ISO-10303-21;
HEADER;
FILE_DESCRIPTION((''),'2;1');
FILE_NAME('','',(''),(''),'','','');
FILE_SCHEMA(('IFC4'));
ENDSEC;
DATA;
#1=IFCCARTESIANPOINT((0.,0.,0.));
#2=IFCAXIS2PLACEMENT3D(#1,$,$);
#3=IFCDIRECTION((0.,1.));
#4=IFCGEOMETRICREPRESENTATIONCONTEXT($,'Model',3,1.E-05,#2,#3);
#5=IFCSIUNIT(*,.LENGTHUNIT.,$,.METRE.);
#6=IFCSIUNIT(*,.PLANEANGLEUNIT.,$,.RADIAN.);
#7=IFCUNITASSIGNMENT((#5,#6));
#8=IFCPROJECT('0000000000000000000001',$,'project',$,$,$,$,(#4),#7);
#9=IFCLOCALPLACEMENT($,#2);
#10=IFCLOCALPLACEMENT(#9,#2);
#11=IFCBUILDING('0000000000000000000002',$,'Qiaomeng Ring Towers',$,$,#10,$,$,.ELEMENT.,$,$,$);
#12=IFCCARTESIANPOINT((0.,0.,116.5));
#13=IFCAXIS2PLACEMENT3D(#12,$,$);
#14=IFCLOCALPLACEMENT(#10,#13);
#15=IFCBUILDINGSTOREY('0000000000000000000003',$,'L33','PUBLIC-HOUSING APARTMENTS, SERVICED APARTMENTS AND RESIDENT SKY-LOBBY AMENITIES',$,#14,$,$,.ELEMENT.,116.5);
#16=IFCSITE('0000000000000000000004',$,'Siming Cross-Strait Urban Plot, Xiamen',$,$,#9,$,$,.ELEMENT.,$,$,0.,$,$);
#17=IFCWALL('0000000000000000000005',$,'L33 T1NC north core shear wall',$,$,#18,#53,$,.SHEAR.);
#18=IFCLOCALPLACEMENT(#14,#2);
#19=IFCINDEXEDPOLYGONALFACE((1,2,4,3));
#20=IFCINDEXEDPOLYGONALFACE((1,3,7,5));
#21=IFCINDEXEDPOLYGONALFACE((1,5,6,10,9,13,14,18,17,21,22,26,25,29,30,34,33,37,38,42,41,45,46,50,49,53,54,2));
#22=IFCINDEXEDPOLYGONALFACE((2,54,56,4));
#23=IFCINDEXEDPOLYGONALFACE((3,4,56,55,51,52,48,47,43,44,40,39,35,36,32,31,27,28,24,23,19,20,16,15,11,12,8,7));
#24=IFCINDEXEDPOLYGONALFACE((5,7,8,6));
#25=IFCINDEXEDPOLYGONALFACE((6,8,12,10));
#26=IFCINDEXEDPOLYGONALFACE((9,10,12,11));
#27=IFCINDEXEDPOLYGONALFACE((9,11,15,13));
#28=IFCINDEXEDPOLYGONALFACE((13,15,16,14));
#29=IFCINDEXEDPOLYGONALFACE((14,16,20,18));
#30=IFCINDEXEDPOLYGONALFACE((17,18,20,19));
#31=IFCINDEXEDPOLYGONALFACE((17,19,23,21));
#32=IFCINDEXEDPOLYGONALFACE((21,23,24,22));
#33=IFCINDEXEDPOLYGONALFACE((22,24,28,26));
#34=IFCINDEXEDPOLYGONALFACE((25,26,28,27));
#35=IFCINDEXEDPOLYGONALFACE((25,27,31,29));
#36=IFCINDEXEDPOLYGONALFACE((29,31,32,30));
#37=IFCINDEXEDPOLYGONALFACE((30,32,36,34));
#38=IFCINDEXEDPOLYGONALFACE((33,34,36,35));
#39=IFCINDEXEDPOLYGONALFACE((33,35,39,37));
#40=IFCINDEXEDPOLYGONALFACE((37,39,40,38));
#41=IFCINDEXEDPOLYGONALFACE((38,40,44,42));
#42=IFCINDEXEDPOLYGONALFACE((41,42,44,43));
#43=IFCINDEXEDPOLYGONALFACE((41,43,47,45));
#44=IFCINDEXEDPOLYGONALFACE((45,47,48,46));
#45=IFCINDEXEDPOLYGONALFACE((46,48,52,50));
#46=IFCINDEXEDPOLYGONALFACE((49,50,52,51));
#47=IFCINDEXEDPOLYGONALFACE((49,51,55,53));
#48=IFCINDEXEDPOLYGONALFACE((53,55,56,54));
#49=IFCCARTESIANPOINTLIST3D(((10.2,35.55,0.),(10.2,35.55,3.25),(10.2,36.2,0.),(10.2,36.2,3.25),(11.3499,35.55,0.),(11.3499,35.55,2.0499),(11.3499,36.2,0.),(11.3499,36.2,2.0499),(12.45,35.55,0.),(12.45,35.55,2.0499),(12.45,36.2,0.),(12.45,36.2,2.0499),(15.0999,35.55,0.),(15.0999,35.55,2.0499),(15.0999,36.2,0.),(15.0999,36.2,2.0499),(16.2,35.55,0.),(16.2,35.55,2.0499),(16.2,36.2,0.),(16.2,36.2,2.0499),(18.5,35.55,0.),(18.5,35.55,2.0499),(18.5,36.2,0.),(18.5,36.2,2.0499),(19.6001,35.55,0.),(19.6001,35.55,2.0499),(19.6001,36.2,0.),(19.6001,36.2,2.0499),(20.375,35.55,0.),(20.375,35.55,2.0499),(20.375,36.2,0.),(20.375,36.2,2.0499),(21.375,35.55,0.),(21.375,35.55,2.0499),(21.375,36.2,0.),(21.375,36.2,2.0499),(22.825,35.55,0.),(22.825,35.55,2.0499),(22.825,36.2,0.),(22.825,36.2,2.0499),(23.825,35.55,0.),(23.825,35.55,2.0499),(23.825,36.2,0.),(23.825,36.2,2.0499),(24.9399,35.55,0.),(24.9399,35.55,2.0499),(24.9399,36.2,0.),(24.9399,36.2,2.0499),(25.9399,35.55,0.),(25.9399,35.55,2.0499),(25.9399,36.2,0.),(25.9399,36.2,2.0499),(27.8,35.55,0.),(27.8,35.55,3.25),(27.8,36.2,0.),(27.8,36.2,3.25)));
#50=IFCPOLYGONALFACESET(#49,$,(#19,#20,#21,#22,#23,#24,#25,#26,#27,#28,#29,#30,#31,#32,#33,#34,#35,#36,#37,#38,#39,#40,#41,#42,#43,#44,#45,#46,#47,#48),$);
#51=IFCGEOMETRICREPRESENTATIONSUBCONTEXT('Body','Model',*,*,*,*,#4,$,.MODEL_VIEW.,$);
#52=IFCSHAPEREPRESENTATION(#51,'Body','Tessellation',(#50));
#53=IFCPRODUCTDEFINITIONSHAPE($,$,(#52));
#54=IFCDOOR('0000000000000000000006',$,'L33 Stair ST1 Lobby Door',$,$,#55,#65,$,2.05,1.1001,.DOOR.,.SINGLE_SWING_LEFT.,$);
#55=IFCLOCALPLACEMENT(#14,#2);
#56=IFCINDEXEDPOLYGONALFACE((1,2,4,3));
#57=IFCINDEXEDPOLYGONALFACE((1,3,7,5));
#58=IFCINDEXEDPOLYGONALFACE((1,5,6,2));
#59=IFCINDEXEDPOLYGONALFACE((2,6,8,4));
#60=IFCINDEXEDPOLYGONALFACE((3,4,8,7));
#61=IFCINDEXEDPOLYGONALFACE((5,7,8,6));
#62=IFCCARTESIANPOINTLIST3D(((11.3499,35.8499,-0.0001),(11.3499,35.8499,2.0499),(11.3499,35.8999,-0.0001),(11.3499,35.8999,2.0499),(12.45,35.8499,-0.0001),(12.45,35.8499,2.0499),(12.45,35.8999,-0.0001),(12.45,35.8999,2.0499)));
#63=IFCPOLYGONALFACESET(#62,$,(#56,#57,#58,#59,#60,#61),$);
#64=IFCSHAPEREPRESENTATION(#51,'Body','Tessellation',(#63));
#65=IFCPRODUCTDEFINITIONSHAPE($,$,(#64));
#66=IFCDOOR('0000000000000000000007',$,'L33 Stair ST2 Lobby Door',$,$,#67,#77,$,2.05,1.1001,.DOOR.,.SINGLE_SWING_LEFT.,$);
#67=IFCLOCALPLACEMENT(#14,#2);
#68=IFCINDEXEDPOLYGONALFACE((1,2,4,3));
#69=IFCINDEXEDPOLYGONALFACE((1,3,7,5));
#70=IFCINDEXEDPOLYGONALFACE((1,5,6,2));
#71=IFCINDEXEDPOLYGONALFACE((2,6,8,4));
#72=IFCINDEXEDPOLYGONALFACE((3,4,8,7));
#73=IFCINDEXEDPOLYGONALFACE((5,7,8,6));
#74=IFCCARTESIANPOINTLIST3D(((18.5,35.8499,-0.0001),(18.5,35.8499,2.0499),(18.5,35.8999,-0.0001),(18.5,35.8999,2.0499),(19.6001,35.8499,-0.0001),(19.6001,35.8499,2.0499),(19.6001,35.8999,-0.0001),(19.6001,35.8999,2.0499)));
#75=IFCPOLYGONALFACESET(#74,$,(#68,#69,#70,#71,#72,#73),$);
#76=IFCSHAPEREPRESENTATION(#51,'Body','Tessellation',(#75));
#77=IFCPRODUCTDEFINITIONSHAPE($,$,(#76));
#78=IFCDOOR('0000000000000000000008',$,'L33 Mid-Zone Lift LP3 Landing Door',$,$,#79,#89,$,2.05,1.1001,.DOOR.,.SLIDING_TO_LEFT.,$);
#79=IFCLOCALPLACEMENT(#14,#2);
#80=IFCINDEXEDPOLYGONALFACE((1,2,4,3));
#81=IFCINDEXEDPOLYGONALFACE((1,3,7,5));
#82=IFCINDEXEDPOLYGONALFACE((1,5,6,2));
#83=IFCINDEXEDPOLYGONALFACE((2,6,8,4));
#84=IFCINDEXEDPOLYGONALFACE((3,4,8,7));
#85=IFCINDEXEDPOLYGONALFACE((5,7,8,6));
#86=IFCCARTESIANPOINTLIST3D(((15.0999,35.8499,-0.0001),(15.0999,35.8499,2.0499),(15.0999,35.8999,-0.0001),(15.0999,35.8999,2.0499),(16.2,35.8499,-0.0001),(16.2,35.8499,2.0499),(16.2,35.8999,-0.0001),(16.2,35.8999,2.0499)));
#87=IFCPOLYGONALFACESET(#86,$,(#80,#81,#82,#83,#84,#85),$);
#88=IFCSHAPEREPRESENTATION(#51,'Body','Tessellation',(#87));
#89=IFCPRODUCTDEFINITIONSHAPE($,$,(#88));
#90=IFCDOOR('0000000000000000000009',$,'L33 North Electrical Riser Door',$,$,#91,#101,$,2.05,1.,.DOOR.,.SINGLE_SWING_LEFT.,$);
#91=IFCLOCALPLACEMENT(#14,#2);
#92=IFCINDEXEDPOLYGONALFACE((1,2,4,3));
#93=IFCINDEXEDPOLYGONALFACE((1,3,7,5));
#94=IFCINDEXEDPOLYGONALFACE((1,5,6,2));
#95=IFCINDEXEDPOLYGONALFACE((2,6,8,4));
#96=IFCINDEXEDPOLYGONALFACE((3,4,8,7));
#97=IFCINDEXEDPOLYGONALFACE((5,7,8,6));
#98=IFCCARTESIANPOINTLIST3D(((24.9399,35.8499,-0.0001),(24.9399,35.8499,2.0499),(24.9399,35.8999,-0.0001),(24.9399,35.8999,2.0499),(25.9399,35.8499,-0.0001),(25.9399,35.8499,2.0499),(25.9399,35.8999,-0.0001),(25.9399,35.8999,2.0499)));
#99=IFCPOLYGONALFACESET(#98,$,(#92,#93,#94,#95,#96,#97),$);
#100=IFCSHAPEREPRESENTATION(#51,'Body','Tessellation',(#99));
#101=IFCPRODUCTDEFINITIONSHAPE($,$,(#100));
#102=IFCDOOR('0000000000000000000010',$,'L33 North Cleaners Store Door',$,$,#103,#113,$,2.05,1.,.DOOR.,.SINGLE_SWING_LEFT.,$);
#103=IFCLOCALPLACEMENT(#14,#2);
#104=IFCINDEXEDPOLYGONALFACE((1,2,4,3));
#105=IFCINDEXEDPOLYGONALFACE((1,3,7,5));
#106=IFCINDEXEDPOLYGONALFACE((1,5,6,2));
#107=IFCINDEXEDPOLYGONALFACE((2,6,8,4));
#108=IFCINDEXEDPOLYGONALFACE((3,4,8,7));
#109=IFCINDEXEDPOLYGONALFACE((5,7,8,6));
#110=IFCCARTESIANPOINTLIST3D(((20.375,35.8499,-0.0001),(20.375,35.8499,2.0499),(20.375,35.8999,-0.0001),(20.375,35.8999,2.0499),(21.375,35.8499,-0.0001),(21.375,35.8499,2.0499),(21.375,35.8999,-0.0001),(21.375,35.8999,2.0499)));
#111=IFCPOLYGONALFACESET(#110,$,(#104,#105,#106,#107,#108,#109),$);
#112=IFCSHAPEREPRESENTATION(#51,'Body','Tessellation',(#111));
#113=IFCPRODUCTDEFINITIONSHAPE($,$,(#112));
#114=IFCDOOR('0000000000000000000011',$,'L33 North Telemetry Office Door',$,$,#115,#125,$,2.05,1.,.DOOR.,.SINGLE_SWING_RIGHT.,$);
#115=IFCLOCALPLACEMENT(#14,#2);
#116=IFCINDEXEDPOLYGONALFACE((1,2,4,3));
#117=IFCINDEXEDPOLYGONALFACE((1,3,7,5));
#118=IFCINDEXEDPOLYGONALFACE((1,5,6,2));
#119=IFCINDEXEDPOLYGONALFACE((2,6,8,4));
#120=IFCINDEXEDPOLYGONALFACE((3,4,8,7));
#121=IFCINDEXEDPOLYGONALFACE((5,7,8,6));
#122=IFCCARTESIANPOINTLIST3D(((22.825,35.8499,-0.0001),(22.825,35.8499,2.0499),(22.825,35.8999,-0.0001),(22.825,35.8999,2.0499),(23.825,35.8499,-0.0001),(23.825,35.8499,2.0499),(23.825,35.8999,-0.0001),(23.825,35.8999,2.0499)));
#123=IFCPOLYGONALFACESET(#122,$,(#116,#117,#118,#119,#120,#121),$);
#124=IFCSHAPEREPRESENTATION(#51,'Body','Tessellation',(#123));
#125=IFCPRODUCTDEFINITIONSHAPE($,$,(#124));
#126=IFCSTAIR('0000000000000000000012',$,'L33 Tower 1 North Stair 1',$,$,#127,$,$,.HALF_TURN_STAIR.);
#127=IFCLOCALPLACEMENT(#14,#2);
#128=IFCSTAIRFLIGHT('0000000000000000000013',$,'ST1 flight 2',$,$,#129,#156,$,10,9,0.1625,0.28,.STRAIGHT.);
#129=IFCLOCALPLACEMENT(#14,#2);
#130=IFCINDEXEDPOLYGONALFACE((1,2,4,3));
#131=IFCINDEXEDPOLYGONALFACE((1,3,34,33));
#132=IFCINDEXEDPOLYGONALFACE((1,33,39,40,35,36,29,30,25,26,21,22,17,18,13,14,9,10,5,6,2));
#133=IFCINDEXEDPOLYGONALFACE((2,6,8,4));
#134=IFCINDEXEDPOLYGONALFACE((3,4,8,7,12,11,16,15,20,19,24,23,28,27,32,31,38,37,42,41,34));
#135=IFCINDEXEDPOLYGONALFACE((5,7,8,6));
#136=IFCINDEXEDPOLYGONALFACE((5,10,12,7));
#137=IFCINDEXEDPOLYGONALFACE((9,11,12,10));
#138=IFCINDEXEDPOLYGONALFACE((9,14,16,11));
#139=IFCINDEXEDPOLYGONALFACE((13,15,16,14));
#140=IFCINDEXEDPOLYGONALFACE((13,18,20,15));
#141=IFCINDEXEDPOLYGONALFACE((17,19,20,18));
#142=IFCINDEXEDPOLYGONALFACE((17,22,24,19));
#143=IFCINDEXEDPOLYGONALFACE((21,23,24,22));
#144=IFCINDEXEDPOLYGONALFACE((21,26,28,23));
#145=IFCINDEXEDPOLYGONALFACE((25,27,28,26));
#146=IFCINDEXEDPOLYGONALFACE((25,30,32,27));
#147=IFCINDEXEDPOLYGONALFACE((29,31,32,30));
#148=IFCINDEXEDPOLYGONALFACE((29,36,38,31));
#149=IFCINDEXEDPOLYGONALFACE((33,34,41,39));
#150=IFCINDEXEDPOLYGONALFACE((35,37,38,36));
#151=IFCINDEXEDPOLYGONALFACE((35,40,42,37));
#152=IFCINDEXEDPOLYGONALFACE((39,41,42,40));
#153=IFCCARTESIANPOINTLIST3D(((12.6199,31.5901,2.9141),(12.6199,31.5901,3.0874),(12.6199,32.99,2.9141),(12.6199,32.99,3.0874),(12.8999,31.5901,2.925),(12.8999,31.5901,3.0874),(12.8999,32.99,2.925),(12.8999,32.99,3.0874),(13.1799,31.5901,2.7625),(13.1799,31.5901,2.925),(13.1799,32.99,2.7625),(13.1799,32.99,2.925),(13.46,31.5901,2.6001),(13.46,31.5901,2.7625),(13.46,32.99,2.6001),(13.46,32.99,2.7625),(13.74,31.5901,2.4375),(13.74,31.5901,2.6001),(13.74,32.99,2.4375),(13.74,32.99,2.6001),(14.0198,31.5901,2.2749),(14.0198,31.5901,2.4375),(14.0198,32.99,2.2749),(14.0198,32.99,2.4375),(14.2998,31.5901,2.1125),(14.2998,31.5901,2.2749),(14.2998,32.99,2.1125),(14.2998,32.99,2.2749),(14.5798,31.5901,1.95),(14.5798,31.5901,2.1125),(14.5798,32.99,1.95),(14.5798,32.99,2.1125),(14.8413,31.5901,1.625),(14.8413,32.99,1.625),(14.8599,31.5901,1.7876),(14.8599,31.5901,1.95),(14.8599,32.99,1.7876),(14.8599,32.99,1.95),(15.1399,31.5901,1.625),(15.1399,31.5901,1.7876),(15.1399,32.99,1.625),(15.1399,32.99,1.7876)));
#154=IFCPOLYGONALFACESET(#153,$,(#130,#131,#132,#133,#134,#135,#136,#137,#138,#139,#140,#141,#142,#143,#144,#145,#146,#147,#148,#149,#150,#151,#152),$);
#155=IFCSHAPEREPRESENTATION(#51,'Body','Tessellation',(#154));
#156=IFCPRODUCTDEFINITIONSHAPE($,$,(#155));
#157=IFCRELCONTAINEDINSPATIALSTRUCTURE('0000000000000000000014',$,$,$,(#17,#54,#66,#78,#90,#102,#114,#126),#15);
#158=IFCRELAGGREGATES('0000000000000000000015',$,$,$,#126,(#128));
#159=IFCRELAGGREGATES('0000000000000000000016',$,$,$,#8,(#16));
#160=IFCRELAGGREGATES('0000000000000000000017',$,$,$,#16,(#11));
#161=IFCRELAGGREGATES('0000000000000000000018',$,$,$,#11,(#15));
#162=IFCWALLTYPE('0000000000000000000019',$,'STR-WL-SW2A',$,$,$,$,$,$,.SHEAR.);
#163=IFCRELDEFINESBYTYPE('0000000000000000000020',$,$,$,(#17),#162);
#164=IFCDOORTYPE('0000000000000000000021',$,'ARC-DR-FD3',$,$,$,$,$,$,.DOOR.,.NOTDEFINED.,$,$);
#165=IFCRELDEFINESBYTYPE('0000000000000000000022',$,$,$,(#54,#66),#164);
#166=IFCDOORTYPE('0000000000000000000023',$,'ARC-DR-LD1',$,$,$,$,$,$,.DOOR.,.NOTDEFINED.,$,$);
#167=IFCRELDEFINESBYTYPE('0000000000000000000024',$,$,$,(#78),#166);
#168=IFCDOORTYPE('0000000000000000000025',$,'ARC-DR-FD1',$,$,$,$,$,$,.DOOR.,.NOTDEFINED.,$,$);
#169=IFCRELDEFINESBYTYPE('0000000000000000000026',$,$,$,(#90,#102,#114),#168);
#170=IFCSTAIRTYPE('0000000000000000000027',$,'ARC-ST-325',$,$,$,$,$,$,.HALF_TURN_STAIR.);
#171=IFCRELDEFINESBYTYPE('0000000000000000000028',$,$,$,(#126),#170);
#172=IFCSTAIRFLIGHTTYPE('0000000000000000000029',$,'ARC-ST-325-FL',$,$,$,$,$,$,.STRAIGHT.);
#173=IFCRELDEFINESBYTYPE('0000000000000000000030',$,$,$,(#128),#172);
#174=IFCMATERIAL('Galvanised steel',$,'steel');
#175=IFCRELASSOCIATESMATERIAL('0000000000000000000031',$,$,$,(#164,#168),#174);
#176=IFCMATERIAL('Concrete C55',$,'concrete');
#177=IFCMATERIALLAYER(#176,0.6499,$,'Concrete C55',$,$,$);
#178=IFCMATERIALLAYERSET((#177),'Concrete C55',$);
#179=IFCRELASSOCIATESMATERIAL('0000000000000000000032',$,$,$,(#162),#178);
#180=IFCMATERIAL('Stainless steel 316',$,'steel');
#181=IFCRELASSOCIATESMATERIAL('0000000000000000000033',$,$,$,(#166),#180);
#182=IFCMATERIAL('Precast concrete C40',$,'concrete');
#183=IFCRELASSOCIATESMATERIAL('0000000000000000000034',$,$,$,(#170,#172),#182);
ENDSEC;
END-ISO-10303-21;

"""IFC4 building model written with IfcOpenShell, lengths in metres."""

from ifc_helpers import new_model, si_unit, direction, frame, frame_2d, origin, place, context, subcontext, project, spatial, polyline, rectangle, outline, extrude, source, transform, mapped, material, layer, layer_set, type_object, element, fill, aggregate, save


model = new_model("IFC4")

# Units and contexts
model_context = context("Model", 3, precision=1e-05, world=origin(), true_north=direction((0.0, 1.0)))
body_context = subcontext(model_context, "Body", "Model", "MODEL_VIEW")
ifc_project = project(units=[si_unit("LENGTHUNIT", "METRE"), si_unit("PLANEANGLEUNIT", "RADIAN")], contexts=[model_context])

# Site, building, storey
site_placement = place(None, origin())
site = spatial("IfcSite", under=ifc_project, at=site_placement, Name="Siming Cross-Strait Urban Plot, Xiamen", CompositionType="ELEMENT", RefElevation=0.0)
building_placement = place(site_placement, origin())
building = spatial("IfcBuilding", under=site, at=building_placement, Name="Qiaomeng Ring Towers", CompositionType="ELEMENT")
storey_placement = place(building_placement, frame((0.0, 0.0, 116.5)))
storey = spatial("IfcBuildingStorey", under=building, at=storey_placement, Name="L33", Description="PUBLIC-HOUSING APARTMENTS, SERVICED APARTMENTS AND RESIDENT SKY-LOBBY AMENITIES", CompositionType="ELEMENT", Elevation=116.5)

# Shared definitions
ifc_material_1 = material(Name="Galvanised steel", Category="steel")
door_type_1 = type_object("IfcDoorType", Name="ARC-DR-FD3", OperationType="NOTDEFINED", PredefinedType="DOOR", material=ifc_material_1)
shared_shape_1 = source(origin(), body_context, "Body", "SweptSolid", [
    extrude(rectangle(XDim=1.1001, YDim=2.05, at=frame_2d((0.55, 1.0249))), frame((0.0, 0.0249, 0.0), z_axis=(0.0, -1.0, 0.0), x_axis=(1.0, 0.0, 0.0)), (0.0, 0.0, 1.0), 0.05),
])

# Wall, openings, doors
ifc_material_2 = material(Name="Concrete C55", Category="concrete")
ifc_layer_1 = layer(ifc_material_2, 0.6499, Name="Concrete C55")
ifc_layer_set_1 = layer_set([ifc_layer_1], Name="Concrete C55")
wall_type_1 = type_object("IfcWallType", Name="STR-WL-SW2A", PredefinedType="SHEAR", material=ifc_layer_set_1)
wall_1_placement = place(storey_placement, frame((10.2, 35.875, 0.0), z_axis=(0.0, 0.0, 1.0), x_axis=(1.0, 0.0, 0.0)))
wall_1 = element("IfcWall", 1, at=wall_1_placement, inside=storey, type_object=wall_type_1, Name="L33 T1NC north core shear wall", PredefinedType="SHEAR", context=body_context, shape_type="SweptSolid", body=[
    extrude(rectangle(XDim=17.6001, YDim=0.6499, at=frame_2d((8.8, 0.0))), origin(), (0.0, 0.0, 1.0), 3.25),
])
opening_1_placement = place(wall_1_placement, frame((1.1499, 0.0, 0.0)))
opening_1 = element("IfcOpeningElement", 2, at=opening_1_placement, cuts=wall_1, PredefinedType="OPENING", context=body_context, shape_type="SweptSolid", body=[
    extrude(rectangle(XDim=1.1001, YDim=2.05, at=frame_2d((0.55, 1.0249))), frame((0.0, 0.335, 0.0), z_axis=(0.0, -1.0, 0.0), x_axis=(1.0, 0.0, 0.0)), (0.0, 0.0, 1.0), 0.6699),
])
opening_2_placement = place(wall_1_placement, frame((8.3, 0.0, 0.0)))
opening_2 = element("IfcOpeningElement", 3, at=opening_2_placement, cuts=wall_1, PredefinedType="OPENING", context=body_context, shape_type="SweptSolid", body=[
    extrude(rectangle(XDim=1.1001, YDim=2.05, at=frame_2d((0.55, 1.0249))), frame((0.0, 0.335, 0.0), z_axis=(0.0, -1.0, 0.0), x_axis=(1.0, 0.0, 0.0)), (0.0, 0.0, 1.0), 0.6699),
])
opening_3_placement = place(wall_1_placement, frame((4.8999, 0.0, 0.0)))
opening_3 = element("IfcOpeningElement", 4, at=opening_3_placement, cuts=wall_1, PredefinedType="OPENING", context=body_context, shape_type="SweptSolid", body=[
    extrude(rectangle(XDim=1.1001, YDim=2.05, at=frame_2d((0.55, 1.0249))), frame((0.0, 0.335, 0.0), z_axis=(0.0, -1.0, 0.0), x_axis=(1.0, 0.0, 0.0)), (0.0, 0.0, 1.0), 0.6699),
])
opening_4_placement = place(wall_1_placement, frame((14.74, 0.0, 0.0)))
opening_4 = element("IfcOpeningElement", 5, at=opening_4_placement, cuts=wall_1, PredefinedType="OPENING", context=body_context, shape_type="SweptSolid", body=[
    extrude(rectangle(XDim=1.0, YDim=2.05, at=frame_2d((0.5, 1.0249))), frame((0.0, 0.335, 0.0), z_axis=(0.0, -1.0, 0.0), x_axis=(1.0, 0.0, 0.0)), (0.0, 0.0, 1.0), 0.6699),
])
opening_5_placement = place(wall_1_placement, frame((10.175, 0.0, 0.0)))
opening_5 = element("IfcOpeningElement", 6, at=opening_5_placement, cuts=wall_1, PredefinedType="OPENING", context=body_context, shape_type="SweptSolid", body=[
    extrude(rectangle(XDim=1.0, YDim=2.05, at=frame_2d((0.5, 1.0249))), frame((0.0, 0.335, 0.0), z_axis=(0.0, -1.0, 0.0), x_axis=(1.0, 0.0, 0.0)), (0.0, 0.0, 1.0), 0.6699),
])
opening_6_placement = place(wall_1_placement, frame((12.625, 0.0, 0.0)))
opening_6 = element("IfcOpeningElement", 7, at=opening_6_placement, cuts=wall_1, PredefinedType="OPENING", context=body_context, shape_type="SweptSolid", body=[
    extrude(rectangle(XDim=1.0, YDim=2.05, at=frame_2d((0.5, 1.0249))), frame((0.0, 0.335, 0.0), z_axis=(0.0, -1.0, 0.0), x_axis=(1.0, 0.0, 0.0)), (0.0, 0.0, 1.0), 0.6699),
])
door_1_placement = place(opening_1_placement, origin())
door_1 = element("IfcDoor", 8, at=door_1_placement, inside=storey, type_object=door_type_1, Name="L33 Stair ST1 Lobby Door", OperationType="SINGLE_SWING_LEFT", OverallHeight=2.05, OverallWidth=1.1001, PredefinedType="DOOR", context=body_context, shape_type="MappedRepresentation", body=[
    mapped(shared_shape_1, transform((0.0, 0.0, 0.0), x_axis=(1.0, 0.0, 0.0), y_axis=(0.0, 1.0, 0.0), z_axis=(0.0, 0.0, 1.0), scale=1.0)),
])
fill(opening_1, door_1)
door_2_placement = place(opening_2_placement, origin())
door_2 = element("IfcDoor", 9, at=door_2_placement, inside=storey, type_object=door_type_1, Name="L33 Stair ST2 Lobby Door", OperationType="SINGLE_SWING_LEFT", OverallHeight=2.05, OverallWidth=1.1001, PredefinedType="DOOR", context=body_context, shape_type="MappedRepresentation", body=[
    mapped(shared_shape_1, transform((0.0, 0.0, 0.0), x_axis=(1.0, 0.0, 0.0), y_axis=(0.0, 1.0, 0.0), z_axis=(0.0, 0.0, 1.0), scale=1.0)),
])
fill(opening_2, door_2)
ifc_material_3 = material(Name="Stainless steel 316", Category="steel")
door_type_2 = type_object("IfcDoorType", Name="ARC-DR-LD1", OperationType="NOTDEFINED", PredefinedType="DOOR", material=ifc_material_3)
door_3_placement = place(opening_3_placement, origin())
door_3 = element("IfcDoor", 10, at=door_3_placement, inside=storey, type_object=door_type_2, Name="L33 Mid-Zone Lift LP3 Landing Door", OperationType="SLIDING_TO_LEFT", OverallHeight=2.05, OverallWidth=1.1001, PredefinedType="DOOR", context=body_context, shape_type="MappedRepresentation", body=[
    mapped(shared_shape_1, transform((0.0, 0.0, 0.0), x_axis=(1.0, 0.0, 0.0), y_axis=(0.0, 1.0, 0.0), z_axis=(0.0, 0.0, 1.0), scale=1.0)),
])
fill(opening_3, door_3)
door_type_3 = type_object("IfcDoorType", Name="ARC-DR-FD1", OperationType="NOTDEFINED", PredefinedType="DOOR", material=ifc_material_1)
shared_shape_2 = source(origin(), body_context, "Body", "SweptSolid", [
    extrude(rectangle(XDim=1.0, YDim=2.05, at=frame_2d((0.5, 1.0249))), frame((0.0, 0.0249, 0.0), z_axis=(0.0, -1.0, 0.0), x_axis=(1.0, 0.0, 0.0)), (0.0, 0.0, 1.0), 0.05),
])
door_4_placement = place(opening_4_placement, origin())
door_4 = element("IfcDoor", 11, at=door_4_placement, inside=storey, type_object=door_type_3, Name="L33 North Electrical Riser Door", OperationType="SINGLE_SWING_LEFT", OverallHeight=2.05, OverallWidth=1.0, PredefinedType="DOOR", context=body_context, shape_type="MappedRepresentation", body=[
    mapped(shared_shape_2, transform((0.0, 0.0, 0.0), x_axis=(1.0, 0.0, 0.0), y_axis=(0.0, 1.0, 0.0), z_axis=(0.0, 0.0, 1.0), scale=1.0)),
])
fill(opening_4, door_4)
door_5_placement = place(opening_5_placement, origin())
door_5 = element("IfcDoor", 12, at=door_5_placement, inside=storey, type_object=door_type_3, Name="L33 North Cleaners Store Door", OperationType="SINGLE_SWING_LEFT", OverallHeight=2.05, OverallWidth=1.0, PredefinedType="DOOR", context=body_context, shape_type="MappedRepresentation", body=[
    mapped(shared_shape_2, transform((0.0, 0.0, 0.0), x_axis=(1.0, 0.0, 0.0), y_axis=(0.0, 1.0, 0.0), z_axis=(0.0, 0.0, 1.0), scale=1.0)),
])
fill(opening_5, door_5)
door_6_placement = place(opening_6_placement, origin())
door_6 = element("IfcDoor", 13, at=door_6_placement, inside=storey, type_object=door_type_3, Name="L33 North Telemetry Office Door", OperationType="SINGLE_SWING_RIGHT", OverallHeight=2.05, OverallWidth=1.0, PredefinedType="DOOR", context=body_context, shape_type="MappedRepresentation", body=[
    mapped(shared_shape_2, transform((0.0, 0.0, 0.0), x_axis=(1.0, 0.0, 0.0), y_axis=(0.0, 1.0, 0.0), z_axis=(0.0, 0.0, 1.0), scale=1.0)),
])
fill(opening_6, door_6)

# Stair, stair flight
ifc_material_4 = material(Name="Precast concrete C40", Category="concrete")
stair_type = type_object("IfcStairType", Name="ARC-ST-325", PredefinedType="HALF_TURN_STAIR", material=ifc_material_4)
stair_placement = place(storey_placement, origin())
stair = element("IfcStair", 14, at=stair_placement, inside=storey, type_object=stair_type, Name="L33 Tower 1 North Stair 1", PredefinedType="HALF_TURN_STAIR")
stair_flight_type = type_object("IfcStairFlightType", Name="ARC-ST-325-FL", PredefinedType="STRAIGHT", material=ifc_material_4)
shared_shape_3 = source(origin(), body_context, "Body", "SweptSolid", [
    extrude(outline(polyline([(0.0, 0.0), (0.0, 0.1626), (0.28, 0.1626), (0.28, 0.325), (0.5601, 0.325), (0.5601, 0.4875), (0.8401, 0.4875), (0.8401, 0.6499), (1.1201, 0.6499), (1.1201, 0.8125), (1.3999, 0.8125), (1.3999, 0.9751), (1.6799, 0.9751), (1.6799, 1.1375), (1.96, 1.1375), (1.96, 1.3), (2.24, 1.3), (2.24, 1.4624), (2.52, 1.4624), (2.52, 1.625), (2.52, 1.2891), (0.2986, 0.0), (0.0, 0.0)])), frame((0.0, 0.7, 0.0), z_axis=(0.0, -1.0, 0.0), x_axis=(1.0, 0.0, 0.0)), (0.0, 0.0, 1.0), 1.3999),
])
stair_flight_placement = place(storey_placement, frame((15.1399, 32.29, 1.625), z_axis=(0.0, 0.0, 1.0), x_axis=(-1.0, 0.0, 0.0)))
stair_flight = element("IfcStairFlight", 15, at=stair_flight_placement, type_object=stair_flight_type, Name="ST1 flight 2", NumberOfRisers=10, NumberOfTreads=9, PredefinedType="STRAIGHT", RiserHeight=0.1625, TreadLength=0.28, context=body_context, shape_type="MappedRepresentation", body=[
    mapped(shared_shape_3, transform((0.0, 0.0, 0.0), x_axis=(1.0, 0.0, 0.0), y_axis=(0.0, 1.0, 0.0), z_axis=(0.0, 0.0, 1.0), scale=1.0)),
])
aggregate(stair, [stair_flight])

save(model, "model.ifc")
